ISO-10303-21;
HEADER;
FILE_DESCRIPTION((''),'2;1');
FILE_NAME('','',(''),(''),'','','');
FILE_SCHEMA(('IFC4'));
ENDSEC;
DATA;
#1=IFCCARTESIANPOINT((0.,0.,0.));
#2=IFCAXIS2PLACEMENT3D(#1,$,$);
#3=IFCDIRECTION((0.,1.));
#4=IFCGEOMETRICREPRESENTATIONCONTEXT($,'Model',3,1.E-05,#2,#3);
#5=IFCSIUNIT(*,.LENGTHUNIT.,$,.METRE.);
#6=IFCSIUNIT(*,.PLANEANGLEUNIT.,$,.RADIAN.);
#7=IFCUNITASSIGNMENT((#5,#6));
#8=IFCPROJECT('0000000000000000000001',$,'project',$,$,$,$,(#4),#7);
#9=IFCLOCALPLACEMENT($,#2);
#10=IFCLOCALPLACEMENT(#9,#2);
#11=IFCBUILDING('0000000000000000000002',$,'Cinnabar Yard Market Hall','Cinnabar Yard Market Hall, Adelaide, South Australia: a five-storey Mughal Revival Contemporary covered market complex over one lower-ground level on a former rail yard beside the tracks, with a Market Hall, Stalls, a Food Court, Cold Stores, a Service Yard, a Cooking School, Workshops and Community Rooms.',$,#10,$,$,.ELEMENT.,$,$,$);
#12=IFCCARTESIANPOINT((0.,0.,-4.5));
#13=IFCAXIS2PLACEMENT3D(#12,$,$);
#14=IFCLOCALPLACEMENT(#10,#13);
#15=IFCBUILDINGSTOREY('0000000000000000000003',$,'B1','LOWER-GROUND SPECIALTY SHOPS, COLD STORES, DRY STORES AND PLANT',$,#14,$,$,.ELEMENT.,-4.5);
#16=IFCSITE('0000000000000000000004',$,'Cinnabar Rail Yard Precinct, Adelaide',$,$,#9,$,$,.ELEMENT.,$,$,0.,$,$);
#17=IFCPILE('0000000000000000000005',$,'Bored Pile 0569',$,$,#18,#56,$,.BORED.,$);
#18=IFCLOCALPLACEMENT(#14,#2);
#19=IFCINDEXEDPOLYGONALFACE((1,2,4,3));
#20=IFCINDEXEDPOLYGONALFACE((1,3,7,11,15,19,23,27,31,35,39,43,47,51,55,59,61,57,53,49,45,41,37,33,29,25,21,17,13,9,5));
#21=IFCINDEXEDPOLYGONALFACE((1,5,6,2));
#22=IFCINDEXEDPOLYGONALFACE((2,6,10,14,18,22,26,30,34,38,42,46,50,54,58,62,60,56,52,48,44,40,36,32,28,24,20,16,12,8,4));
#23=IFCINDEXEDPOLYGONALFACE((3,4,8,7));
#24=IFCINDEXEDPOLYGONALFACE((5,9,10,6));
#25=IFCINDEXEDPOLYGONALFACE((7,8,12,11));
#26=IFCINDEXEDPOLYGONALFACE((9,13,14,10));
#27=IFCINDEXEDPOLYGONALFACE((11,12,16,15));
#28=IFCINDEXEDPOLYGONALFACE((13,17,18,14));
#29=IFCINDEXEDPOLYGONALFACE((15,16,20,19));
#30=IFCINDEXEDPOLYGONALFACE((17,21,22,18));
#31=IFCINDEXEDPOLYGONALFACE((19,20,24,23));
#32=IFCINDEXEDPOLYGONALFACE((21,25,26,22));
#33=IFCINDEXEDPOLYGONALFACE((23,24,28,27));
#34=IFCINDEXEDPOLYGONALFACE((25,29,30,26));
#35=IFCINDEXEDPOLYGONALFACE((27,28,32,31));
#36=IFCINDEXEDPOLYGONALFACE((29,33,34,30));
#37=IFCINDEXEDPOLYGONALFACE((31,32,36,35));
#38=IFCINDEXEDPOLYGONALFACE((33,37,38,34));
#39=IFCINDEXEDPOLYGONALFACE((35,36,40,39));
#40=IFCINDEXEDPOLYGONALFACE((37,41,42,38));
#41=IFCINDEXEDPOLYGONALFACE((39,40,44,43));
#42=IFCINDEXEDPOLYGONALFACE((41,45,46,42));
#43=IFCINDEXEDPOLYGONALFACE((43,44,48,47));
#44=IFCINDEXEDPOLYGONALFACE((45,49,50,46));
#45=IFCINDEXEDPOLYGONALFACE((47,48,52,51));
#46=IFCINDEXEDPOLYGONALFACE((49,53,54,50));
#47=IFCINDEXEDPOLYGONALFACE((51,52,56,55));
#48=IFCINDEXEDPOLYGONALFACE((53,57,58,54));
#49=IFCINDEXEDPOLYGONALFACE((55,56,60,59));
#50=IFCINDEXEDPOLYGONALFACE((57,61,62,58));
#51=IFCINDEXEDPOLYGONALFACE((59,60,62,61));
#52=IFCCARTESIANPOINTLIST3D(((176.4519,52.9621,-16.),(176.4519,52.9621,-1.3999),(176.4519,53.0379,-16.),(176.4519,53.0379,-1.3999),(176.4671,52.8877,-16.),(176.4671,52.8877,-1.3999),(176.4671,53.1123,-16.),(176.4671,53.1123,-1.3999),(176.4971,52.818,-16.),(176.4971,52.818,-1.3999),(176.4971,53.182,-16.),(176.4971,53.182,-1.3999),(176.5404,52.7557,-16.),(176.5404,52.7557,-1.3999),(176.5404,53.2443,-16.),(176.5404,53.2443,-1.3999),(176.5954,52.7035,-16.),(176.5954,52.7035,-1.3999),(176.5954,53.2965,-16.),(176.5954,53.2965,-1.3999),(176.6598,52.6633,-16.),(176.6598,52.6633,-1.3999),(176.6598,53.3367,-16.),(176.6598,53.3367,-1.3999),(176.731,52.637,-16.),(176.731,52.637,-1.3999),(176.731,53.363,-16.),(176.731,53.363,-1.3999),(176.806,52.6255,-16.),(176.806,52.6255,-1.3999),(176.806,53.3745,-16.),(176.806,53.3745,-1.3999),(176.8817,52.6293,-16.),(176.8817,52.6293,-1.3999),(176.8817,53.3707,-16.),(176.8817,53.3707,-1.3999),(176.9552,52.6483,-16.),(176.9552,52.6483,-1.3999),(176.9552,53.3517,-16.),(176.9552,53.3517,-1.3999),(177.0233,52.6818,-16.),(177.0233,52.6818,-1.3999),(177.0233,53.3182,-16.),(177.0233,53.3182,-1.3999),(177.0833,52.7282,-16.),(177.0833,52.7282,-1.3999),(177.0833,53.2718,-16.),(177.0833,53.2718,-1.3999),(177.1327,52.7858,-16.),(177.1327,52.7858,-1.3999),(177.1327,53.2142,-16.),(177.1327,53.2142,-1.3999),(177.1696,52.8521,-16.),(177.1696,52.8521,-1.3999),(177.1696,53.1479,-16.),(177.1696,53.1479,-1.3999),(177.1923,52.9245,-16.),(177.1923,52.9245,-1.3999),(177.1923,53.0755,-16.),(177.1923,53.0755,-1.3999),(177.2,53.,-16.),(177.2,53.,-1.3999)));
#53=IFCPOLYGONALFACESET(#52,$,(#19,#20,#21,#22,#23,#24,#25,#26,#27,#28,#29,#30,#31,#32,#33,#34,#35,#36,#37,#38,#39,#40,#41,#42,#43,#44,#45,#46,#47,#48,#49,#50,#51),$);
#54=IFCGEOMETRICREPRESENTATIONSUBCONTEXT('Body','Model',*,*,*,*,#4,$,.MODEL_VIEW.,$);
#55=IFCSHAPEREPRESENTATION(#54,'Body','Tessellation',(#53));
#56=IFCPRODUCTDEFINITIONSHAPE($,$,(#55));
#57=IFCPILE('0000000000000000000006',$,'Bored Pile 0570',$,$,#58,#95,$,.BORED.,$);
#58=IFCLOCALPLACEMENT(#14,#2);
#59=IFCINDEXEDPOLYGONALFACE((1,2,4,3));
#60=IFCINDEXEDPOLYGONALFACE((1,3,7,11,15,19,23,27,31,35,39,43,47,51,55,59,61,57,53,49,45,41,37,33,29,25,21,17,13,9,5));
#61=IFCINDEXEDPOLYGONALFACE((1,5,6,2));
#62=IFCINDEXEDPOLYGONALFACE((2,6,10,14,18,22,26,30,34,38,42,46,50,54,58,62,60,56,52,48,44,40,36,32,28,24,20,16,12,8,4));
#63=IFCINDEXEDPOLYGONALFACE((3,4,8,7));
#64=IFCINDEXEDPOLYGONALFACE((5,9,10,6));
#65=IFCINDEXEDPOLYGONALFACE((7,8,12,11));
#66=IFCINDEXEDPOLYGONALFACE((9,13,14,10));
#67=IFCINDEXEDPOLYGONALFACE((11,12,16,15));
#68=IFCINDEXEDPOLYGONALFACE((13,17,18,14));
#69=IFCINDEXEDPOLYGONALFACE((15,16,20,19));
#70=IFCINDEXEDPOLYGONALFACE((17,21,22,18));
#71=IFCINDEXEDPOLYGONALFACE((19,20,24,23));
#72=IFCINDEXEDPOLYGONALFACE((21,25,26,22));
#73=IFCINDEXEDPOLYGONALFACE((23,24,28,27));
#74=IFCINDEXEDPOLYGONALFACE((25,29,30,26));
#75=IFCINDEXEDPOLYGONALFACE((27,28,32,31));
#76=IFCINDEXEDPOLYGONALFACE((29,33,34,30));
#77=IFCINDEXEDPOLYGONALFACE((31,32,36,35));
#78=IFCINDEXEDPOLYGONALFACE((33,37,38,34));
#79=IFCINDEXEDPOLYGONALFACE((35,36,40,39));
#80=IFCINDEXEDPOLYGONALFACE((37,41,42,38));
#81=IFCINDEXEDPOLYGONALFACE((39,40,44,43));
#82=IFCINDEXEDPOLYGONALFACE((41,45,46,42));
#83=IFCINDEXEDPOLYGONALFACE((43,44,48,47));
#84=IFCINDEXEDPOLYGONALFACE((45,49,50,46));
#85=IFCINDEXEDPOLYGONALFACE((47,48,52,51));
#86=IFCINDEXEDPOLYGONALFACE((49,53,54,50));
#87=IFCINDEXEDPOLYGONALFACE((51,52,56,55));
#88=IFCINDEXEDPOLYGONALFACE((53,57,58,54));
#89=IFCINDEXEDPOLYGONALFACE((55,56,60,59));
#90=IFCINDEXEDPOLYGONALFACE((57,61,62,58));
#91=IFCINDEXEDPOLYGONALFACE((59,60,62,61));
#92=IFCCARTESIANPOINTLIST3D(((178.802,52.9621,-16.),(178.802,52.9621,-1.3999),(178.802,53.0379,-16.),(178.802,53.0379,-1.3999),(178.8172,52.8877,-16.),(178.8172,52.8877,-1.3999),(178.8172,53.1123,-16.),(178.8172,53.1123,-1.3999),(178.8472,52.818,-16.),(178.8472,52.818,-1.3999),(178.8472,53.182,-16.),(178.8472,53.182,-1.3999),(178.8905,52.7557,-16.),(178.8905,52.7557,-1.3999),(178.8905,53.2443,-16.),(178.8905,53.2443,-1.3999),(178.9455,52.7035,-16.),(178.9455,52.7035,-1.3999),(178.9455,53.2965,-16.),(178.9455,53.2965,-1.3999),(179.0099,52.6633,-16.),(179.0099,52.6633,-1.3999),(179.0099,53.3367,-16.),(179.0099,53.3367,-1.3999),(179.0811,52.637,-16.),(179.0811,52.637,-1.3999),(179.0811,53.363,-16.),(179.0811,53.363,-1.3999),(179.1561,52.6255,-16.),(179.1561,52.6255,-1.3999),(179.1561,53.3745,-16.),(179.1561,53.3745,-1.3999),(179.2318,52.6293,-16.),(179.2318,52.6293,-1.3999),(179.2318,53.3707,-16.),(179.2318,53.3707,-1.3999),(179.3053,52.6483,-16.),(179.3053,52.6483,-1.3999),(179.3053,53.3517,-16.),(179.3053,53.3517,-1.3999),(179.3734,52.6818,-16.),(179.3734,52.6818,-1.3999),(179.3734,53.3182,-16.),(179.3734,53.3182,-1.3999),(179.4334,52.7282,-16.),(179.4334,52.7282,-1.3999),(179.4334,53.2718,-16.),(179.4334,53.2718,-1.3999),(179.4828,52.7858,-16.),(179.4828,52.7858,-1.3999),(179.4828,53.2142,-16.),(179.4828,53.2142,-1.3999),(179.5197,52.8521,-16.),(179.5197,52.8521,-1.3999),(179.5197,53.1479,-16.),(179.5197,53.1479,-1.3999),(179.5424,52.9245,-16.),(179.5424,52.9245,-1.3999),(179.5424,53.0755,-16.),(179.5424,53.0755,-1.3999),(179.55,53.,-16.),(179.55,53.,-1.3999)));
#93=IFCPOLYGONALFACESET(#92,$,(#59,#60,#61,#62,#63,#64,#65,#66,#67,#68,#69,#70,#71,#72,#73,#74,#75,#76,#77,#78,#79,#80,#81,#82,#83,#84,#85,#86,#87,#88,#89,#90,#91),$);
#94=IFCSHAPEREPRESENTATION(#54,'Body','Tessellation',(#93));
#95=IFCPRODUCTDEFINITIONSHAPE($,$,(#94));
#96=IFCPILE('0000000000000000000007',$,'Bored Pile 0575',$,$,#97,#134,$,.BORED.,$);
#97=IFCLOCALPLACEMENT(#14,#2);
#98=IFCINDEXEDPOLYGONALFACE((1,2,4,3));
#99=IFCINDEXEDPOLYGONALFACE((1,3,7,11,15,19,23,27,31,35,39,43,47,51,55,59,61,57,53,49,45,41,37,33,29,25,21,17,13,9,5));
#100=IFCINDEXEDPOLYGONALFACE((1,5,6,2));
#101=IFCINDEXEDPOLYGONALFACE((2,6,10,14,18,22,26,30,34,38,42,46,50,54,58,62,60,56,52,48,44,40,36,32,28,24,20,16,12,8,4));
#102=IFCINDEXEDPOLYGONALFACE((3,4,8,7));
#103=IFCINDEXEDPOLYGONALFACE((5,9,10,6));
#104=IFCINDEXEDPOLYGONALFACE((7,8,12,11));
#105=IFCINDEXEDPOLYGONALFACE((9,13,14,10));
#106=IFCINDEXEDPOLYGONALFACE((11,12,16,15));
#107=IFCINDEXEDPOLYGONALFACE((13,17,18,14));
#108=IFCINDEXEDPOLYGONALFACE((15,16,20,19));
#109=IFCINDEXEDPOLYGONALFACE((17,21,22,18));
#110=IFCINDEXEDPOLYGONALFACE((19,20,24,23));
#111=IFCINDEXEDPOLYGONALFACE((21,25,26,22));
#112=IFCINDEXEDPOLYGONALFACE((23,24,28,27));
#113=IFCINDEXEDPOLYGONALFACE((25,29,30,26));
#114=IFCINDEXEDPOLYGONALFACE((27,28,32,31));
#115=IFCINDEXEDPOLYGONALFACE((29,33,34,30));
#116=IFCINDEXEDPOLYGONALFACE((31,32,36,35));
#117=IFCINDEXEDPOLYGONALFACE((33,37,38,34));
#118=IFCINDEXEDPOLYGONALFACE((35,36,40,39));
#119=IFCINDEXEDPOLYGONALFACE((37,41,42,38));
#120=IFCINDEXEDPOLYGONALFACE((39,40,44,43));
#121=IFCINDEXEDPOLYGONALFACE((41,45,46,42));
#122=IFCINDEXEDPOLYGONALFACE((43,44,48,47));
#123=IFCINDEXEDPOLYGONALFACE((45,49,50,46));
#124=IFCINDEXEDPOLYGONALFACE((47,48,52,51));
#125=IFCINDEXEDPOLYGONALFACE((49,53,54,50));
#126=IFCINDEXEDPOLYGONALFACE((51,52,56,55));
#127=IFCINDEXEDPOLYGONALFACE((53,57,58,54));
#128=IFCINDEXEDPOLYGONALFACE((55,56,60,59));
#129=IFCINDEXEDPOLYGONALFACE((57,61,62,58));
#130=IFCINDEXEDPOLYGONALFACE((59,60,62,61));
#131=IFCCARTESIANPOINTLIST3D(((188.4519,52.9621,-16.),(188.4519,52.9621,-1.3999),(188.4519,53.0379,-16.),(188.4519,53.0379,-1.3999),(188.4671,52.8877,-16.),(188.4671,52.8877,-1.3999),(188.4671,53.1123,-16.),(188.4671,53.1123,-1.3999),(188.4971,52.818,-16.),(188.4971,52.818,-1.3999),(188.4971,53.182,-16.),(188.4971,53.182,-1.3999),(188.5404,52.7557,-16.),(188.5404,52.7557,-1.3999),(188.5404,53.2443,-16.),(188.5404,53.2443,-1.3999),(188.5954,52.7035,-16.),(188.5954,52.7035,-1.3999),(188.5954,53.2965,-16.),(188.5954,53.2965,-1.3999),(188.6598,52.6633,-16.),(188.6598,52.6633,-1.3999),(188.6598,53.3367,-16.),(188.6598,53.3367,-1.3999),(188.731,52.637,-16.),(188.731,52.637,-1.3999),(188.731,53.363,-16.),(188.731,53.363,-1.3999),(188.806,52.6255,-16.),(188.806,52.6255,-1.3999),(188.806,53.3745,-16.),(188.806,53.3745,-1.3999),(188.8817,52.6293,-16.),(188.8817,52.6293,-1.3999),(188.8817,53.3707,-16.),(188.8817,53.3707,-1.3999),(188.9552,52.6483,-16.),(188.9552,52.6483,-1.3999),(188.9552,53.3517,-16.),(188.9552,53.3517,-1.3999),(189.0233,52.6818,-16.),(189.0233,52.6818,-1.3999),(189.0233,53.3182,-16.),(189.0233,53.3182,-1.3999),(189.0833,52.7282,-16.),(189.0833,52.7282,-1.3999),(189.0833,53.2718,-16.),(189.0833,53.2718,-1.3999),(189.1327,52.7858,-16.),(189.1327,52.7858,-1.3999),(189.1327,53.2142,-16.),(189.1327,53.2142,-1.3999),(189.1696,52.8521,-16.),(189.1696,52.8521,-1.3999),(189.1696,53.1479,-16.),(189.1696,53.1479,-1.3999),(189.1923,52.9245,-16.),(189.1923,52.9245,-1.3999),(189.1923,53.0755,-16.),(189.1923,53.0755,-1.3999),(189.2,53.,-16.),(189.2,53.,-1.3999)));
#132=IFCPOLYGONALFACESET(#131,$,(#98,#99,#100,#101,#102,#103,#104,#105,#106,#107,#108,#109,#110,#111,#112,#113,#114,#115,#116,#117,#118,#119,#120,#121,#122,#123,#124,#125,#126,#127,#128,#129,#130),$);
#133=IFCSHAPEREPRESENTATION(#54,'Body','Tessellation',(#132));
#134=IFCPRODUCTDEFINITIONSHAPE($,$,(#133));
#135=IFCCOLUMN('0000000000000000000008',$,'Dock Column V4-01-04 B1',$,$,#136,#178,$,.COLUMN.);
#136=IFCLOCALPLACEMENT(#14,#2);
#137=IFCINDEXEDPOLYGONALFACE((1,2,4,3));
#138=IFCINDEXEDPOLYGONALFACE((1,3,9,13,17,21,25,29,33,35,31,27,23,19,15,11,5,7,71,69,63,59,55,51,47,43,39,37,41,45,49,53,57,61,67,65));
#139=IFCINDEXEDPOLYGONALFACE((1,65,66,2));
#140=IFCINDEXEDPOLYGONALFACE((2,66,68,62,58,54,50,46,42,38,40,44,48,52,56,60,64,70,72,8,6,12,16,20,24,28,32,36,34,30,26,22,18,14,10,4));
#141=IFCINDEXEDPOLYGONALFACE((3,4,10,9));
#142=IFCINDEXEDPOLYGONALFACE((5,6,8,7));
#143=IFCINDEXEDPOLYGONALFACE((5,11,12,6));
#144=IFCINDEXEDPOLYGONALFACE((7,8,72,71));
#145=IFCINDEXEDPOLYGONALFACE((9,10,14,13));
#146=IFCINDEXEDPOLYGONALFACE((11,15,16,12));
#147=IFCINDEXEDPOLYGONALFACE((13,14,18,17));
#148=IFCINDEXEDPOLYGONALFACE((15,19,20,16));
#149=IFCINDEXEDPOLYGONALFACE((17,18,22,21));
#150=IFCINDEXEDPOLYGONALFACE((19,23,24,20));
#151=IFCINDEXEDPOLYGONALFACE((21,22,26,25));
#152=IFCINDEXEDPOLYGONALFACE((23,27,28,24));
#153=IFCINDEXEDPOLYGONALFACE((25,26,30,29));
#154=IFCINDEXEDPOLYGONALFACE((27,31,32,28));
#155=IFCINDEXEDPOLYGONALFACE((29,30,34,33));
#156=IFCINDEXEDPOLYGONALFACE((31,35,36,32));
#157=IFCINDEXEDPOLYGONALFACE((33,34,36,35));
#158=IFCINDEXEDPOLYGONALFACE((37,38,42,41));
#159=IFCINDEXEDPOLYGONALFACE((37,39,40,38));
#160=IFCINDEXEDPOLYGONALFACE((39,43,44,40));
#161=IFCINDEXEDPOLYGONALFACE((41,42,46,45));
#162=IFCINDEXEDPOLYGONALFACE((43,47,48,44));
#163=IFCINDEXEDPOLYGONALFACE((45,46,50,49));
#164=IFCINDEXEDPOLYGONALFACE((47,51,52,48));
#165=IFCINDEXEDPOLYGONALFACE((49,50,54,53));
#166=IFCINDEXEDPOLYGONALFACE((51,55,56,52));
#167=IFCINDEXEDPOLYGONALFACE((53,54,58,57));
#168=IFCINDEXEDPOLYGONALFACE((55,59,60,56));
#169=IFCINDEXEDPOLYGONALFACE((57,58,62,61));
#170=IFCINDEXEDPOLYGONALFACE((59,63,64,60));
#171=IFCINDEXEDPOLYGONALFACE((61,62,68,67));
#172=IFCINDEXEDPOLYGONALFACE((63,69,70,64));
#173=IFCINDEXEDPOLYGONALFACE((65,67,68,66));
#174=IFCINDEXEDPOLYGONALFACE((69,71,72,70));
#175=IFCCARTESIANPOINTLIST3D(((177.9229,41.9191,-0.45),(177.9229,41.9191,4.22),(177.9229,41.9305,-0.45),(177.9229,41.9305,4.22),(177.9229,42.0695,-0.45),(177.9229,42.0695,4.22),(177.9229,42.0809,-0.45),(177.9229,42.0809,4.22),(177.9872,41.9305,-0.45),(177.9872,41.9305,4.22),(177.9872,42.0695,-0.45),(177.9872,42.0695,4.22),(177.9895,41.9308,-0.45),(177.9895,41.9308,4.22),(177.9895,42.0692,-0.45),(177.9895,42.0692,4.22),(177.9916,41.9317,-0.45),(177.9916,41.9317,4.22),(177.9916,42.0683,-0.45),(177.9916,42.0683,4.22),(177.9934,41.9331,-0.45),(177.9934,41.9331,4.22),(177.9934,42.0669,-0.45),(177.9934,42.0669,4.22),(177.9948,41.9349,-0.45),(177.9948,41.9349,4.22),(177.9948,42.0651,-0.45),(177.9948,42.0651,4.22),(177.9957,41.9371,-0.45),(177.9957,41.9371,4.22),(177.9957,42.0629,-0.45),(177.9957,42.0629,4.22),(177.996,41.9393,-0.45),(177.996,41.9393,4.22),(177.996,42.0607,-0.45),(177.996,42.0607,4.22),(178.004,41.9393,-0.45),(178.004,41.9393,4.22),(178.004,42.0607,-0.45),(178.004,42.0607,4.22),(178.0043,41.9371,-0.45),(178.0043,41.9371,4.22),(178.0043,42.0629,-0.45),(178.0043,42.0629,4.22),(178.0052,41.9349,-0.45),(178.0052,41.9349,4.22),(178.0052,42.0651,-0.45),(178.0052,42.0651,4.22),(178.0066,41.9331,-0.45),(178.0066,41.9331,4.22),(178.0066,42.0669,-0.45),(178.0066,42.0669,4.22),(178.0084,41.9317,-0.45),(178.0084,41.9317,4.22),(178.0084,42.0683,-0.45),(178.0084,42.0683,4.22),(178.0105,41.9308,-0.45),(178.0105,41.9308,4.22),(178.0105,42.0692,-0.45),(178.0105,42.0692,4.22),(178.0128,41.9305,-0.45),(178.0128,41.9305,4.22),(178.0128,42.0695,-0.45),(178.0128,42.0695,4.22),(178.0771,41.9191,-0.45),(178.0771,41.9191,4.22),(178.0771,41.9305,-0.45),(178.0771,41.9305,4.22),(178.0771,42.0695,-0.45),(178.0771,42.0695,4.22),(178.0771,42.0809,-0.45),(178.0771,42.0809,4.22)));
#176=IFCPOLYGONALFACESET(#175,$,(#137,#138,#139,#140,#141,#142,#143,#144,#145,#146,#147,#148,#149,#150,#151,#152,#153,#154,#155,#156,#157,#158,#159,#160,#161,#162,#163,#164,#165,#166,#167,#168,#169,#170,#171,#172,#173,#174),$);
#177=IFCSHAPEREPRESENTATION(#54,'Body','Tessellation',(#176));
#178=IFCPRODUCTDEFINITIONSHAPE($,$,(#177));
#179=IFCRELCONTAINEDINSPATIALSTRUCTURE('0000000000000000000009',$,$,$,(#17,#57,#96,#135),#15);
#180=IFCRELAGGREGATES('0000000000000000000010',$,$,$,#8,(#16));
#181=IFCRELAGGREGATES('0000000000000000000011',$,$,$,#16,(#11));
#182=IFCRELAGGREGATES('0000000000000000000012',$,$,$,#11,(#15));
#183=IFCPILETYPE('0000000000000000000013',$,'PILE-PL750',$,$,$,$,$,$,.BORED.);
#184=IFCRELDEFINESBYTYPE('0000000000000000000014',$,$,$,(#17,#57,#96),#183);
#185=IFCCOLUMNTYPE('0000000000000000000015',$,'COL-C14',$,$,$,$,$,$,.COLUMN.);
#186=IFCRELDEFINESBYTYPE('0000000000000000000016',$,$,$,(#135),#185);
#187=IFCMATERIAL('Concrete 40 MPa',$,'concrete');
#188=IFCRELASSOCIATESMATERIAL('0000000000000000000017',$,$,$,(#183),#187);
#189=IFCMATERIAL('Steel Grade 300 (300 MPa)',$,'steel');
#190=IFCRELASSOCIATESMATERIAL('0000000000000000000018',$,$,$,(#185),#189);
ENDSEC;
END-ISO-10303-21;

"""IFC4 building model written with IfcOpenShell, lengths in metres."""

from ifc_helpers import new_model, si_unit, direction, frame, origin, origin_2d_with_axis, place, context, subcontext, project, spatial, circle, i_section, extrude, material, material_profile, profile_set, type_object, element, save


model = new_model("IFC4")

# Units and contexts
model_context = context("Model", 3, precision=1e-05, world=origin(), true_north=direction((0.0, 1.0)))
body_context = subcontext(model_context, "Body", "Model", "MODEL_VIEW")
ifc_project = project(units=[si_unit("LENGTHUNIT", "METRE"), si_unit("PLANEANGLEUNIT", "RADIAN")], contexts=[model_context])

# Site, building, storey
site_placement = place(None, origin())
site = spatial("IfcSite", under=ifc_project, at=site_placement, Name="Cinnabar Rail Yard Precinct, Adelaide", CompositionType="ELEMENT", RefElevation=0.0)
building_placement = place(site_placement, origin())
building = spatial("IfcBuilding", under=site, at=building_placement, Name="Cinnabar Yard Market Hall", Description="Cinnabar Yard Market Hall, Adelaide, South Australia: a five-storey Mughal Revival Contemporary covered market complex over one lower-ground level on a former rail yard beside the tracks, with a Market Hall, Stalls, a Food Court, Cold Stores, a Service Yard, a Cooking School, Workshops and Community Rooms.", CompositionType="ELEMENT")
storey_placement = place(building_placement, frame((0.0, 0.0, -4.5)))
storey = spatial("IfcBuildingStorey", under=building, at=storey_placement, Name="B1", Description="LOWER-GROUND SPECIALTY SHOPS, COLD STORES, DRY STORES AND PLANT", CompositionType="ELEMENT", Elevation=-4.5)

# Shared definitions
ifc_material_1 = material(Name="Concrete 40 MPa", Category="concrete")

# Piles
ifc_material_profile_1 = material_profile(ifc_material_1, circle(Radius=0.375, at=origin_2d_with_axis()), Name="PILE-D750")
ifc_profile_set_1 = profile_set([ifc_material_profile_1], Name="Concrete 40 MPa")
pile_type = type_object("IfcPileType", Name="PILE-PL750", PredefinedType="BORED", material=ifc_profile_set_1)
for number, where, z_axis, x_axis, name in (
    (1, (176.825, 53.0, -1.3999), (0.0, 0.0, -1.0), (1.0, 0.0, 0.0), "Bored Pile 0569"),
    (2, (179.175, 53.0, -1.3999), (0.0, 0.0, -1.0), (1.0, 0.0, 0.0), "Bored Pile 0570"),
    (3, (188.825, 53.0, -1.3999), (0.0, 0.0, -1.0), (1.0, 0.0, 0.0), "Bored Pile 0575"),
):
    element("IfcPile", number, at=place(storey_placement, frame(where, z_axis=z_axis, x_axis=x_axis)), inside=storey, type_object=pile_type, Name=name, PredefinedType="BORED", context=body_context, shape_type="SweptSolid", body=[
        extrude(circle(Radius=0.375, at=origin_2d_with_axis()), origin(), (0.0, 0.0, 1.0), 14.6001),
    ])

# Column
ifc_material_2 = material(Name="Steel Grade 300 (300 MPa)", Category="steel")
ifc_material_profile_2 = material_profile(ifc_material_2, i_section(OverallWidth=0.1543, OverallDepth=0.1619, WebThickness=0.0081, FlangeThickness=0.0115, FilletRadius=0.0088, at=origin_2d_with_axis()), Name="150UC37.2")
ifc_profile_set_2 = profile_set([ifc_material_profile_2], Name="Steel Grade 300 (300 MPa)")
column_type_1 = type_object("IfcColumnType", Name="COL-C14", PredefinedType="COLUMN", material=ifc_profile_set_2)
column_1_placement = place(storey_placement, frame((178.0, 42.0, -0.45), z_axis=(0.0, 0.0, 1.0), x_axis=(1.0, 0.0, 0.0)))
element("IfcColumn", 4, at=column_1_placement, inside=storey, type_object=column_type_1, Name="Dock Column V4-01-04 B1", PredefinedType="COLUMN", context=body_context, shape_type="SweptSolid", body=[
    extrude(i_section(OverallWidth=0.1543, OverallDepth=0.1619, WebThickness=0.0081, FlangeThickness=0.0115, FilletRadius=0.0088, at=origin_2d_with_axis()), origin(), (0.0, 0.0, 1.0), 4.6699),
])

save(model, "model.ifc")
